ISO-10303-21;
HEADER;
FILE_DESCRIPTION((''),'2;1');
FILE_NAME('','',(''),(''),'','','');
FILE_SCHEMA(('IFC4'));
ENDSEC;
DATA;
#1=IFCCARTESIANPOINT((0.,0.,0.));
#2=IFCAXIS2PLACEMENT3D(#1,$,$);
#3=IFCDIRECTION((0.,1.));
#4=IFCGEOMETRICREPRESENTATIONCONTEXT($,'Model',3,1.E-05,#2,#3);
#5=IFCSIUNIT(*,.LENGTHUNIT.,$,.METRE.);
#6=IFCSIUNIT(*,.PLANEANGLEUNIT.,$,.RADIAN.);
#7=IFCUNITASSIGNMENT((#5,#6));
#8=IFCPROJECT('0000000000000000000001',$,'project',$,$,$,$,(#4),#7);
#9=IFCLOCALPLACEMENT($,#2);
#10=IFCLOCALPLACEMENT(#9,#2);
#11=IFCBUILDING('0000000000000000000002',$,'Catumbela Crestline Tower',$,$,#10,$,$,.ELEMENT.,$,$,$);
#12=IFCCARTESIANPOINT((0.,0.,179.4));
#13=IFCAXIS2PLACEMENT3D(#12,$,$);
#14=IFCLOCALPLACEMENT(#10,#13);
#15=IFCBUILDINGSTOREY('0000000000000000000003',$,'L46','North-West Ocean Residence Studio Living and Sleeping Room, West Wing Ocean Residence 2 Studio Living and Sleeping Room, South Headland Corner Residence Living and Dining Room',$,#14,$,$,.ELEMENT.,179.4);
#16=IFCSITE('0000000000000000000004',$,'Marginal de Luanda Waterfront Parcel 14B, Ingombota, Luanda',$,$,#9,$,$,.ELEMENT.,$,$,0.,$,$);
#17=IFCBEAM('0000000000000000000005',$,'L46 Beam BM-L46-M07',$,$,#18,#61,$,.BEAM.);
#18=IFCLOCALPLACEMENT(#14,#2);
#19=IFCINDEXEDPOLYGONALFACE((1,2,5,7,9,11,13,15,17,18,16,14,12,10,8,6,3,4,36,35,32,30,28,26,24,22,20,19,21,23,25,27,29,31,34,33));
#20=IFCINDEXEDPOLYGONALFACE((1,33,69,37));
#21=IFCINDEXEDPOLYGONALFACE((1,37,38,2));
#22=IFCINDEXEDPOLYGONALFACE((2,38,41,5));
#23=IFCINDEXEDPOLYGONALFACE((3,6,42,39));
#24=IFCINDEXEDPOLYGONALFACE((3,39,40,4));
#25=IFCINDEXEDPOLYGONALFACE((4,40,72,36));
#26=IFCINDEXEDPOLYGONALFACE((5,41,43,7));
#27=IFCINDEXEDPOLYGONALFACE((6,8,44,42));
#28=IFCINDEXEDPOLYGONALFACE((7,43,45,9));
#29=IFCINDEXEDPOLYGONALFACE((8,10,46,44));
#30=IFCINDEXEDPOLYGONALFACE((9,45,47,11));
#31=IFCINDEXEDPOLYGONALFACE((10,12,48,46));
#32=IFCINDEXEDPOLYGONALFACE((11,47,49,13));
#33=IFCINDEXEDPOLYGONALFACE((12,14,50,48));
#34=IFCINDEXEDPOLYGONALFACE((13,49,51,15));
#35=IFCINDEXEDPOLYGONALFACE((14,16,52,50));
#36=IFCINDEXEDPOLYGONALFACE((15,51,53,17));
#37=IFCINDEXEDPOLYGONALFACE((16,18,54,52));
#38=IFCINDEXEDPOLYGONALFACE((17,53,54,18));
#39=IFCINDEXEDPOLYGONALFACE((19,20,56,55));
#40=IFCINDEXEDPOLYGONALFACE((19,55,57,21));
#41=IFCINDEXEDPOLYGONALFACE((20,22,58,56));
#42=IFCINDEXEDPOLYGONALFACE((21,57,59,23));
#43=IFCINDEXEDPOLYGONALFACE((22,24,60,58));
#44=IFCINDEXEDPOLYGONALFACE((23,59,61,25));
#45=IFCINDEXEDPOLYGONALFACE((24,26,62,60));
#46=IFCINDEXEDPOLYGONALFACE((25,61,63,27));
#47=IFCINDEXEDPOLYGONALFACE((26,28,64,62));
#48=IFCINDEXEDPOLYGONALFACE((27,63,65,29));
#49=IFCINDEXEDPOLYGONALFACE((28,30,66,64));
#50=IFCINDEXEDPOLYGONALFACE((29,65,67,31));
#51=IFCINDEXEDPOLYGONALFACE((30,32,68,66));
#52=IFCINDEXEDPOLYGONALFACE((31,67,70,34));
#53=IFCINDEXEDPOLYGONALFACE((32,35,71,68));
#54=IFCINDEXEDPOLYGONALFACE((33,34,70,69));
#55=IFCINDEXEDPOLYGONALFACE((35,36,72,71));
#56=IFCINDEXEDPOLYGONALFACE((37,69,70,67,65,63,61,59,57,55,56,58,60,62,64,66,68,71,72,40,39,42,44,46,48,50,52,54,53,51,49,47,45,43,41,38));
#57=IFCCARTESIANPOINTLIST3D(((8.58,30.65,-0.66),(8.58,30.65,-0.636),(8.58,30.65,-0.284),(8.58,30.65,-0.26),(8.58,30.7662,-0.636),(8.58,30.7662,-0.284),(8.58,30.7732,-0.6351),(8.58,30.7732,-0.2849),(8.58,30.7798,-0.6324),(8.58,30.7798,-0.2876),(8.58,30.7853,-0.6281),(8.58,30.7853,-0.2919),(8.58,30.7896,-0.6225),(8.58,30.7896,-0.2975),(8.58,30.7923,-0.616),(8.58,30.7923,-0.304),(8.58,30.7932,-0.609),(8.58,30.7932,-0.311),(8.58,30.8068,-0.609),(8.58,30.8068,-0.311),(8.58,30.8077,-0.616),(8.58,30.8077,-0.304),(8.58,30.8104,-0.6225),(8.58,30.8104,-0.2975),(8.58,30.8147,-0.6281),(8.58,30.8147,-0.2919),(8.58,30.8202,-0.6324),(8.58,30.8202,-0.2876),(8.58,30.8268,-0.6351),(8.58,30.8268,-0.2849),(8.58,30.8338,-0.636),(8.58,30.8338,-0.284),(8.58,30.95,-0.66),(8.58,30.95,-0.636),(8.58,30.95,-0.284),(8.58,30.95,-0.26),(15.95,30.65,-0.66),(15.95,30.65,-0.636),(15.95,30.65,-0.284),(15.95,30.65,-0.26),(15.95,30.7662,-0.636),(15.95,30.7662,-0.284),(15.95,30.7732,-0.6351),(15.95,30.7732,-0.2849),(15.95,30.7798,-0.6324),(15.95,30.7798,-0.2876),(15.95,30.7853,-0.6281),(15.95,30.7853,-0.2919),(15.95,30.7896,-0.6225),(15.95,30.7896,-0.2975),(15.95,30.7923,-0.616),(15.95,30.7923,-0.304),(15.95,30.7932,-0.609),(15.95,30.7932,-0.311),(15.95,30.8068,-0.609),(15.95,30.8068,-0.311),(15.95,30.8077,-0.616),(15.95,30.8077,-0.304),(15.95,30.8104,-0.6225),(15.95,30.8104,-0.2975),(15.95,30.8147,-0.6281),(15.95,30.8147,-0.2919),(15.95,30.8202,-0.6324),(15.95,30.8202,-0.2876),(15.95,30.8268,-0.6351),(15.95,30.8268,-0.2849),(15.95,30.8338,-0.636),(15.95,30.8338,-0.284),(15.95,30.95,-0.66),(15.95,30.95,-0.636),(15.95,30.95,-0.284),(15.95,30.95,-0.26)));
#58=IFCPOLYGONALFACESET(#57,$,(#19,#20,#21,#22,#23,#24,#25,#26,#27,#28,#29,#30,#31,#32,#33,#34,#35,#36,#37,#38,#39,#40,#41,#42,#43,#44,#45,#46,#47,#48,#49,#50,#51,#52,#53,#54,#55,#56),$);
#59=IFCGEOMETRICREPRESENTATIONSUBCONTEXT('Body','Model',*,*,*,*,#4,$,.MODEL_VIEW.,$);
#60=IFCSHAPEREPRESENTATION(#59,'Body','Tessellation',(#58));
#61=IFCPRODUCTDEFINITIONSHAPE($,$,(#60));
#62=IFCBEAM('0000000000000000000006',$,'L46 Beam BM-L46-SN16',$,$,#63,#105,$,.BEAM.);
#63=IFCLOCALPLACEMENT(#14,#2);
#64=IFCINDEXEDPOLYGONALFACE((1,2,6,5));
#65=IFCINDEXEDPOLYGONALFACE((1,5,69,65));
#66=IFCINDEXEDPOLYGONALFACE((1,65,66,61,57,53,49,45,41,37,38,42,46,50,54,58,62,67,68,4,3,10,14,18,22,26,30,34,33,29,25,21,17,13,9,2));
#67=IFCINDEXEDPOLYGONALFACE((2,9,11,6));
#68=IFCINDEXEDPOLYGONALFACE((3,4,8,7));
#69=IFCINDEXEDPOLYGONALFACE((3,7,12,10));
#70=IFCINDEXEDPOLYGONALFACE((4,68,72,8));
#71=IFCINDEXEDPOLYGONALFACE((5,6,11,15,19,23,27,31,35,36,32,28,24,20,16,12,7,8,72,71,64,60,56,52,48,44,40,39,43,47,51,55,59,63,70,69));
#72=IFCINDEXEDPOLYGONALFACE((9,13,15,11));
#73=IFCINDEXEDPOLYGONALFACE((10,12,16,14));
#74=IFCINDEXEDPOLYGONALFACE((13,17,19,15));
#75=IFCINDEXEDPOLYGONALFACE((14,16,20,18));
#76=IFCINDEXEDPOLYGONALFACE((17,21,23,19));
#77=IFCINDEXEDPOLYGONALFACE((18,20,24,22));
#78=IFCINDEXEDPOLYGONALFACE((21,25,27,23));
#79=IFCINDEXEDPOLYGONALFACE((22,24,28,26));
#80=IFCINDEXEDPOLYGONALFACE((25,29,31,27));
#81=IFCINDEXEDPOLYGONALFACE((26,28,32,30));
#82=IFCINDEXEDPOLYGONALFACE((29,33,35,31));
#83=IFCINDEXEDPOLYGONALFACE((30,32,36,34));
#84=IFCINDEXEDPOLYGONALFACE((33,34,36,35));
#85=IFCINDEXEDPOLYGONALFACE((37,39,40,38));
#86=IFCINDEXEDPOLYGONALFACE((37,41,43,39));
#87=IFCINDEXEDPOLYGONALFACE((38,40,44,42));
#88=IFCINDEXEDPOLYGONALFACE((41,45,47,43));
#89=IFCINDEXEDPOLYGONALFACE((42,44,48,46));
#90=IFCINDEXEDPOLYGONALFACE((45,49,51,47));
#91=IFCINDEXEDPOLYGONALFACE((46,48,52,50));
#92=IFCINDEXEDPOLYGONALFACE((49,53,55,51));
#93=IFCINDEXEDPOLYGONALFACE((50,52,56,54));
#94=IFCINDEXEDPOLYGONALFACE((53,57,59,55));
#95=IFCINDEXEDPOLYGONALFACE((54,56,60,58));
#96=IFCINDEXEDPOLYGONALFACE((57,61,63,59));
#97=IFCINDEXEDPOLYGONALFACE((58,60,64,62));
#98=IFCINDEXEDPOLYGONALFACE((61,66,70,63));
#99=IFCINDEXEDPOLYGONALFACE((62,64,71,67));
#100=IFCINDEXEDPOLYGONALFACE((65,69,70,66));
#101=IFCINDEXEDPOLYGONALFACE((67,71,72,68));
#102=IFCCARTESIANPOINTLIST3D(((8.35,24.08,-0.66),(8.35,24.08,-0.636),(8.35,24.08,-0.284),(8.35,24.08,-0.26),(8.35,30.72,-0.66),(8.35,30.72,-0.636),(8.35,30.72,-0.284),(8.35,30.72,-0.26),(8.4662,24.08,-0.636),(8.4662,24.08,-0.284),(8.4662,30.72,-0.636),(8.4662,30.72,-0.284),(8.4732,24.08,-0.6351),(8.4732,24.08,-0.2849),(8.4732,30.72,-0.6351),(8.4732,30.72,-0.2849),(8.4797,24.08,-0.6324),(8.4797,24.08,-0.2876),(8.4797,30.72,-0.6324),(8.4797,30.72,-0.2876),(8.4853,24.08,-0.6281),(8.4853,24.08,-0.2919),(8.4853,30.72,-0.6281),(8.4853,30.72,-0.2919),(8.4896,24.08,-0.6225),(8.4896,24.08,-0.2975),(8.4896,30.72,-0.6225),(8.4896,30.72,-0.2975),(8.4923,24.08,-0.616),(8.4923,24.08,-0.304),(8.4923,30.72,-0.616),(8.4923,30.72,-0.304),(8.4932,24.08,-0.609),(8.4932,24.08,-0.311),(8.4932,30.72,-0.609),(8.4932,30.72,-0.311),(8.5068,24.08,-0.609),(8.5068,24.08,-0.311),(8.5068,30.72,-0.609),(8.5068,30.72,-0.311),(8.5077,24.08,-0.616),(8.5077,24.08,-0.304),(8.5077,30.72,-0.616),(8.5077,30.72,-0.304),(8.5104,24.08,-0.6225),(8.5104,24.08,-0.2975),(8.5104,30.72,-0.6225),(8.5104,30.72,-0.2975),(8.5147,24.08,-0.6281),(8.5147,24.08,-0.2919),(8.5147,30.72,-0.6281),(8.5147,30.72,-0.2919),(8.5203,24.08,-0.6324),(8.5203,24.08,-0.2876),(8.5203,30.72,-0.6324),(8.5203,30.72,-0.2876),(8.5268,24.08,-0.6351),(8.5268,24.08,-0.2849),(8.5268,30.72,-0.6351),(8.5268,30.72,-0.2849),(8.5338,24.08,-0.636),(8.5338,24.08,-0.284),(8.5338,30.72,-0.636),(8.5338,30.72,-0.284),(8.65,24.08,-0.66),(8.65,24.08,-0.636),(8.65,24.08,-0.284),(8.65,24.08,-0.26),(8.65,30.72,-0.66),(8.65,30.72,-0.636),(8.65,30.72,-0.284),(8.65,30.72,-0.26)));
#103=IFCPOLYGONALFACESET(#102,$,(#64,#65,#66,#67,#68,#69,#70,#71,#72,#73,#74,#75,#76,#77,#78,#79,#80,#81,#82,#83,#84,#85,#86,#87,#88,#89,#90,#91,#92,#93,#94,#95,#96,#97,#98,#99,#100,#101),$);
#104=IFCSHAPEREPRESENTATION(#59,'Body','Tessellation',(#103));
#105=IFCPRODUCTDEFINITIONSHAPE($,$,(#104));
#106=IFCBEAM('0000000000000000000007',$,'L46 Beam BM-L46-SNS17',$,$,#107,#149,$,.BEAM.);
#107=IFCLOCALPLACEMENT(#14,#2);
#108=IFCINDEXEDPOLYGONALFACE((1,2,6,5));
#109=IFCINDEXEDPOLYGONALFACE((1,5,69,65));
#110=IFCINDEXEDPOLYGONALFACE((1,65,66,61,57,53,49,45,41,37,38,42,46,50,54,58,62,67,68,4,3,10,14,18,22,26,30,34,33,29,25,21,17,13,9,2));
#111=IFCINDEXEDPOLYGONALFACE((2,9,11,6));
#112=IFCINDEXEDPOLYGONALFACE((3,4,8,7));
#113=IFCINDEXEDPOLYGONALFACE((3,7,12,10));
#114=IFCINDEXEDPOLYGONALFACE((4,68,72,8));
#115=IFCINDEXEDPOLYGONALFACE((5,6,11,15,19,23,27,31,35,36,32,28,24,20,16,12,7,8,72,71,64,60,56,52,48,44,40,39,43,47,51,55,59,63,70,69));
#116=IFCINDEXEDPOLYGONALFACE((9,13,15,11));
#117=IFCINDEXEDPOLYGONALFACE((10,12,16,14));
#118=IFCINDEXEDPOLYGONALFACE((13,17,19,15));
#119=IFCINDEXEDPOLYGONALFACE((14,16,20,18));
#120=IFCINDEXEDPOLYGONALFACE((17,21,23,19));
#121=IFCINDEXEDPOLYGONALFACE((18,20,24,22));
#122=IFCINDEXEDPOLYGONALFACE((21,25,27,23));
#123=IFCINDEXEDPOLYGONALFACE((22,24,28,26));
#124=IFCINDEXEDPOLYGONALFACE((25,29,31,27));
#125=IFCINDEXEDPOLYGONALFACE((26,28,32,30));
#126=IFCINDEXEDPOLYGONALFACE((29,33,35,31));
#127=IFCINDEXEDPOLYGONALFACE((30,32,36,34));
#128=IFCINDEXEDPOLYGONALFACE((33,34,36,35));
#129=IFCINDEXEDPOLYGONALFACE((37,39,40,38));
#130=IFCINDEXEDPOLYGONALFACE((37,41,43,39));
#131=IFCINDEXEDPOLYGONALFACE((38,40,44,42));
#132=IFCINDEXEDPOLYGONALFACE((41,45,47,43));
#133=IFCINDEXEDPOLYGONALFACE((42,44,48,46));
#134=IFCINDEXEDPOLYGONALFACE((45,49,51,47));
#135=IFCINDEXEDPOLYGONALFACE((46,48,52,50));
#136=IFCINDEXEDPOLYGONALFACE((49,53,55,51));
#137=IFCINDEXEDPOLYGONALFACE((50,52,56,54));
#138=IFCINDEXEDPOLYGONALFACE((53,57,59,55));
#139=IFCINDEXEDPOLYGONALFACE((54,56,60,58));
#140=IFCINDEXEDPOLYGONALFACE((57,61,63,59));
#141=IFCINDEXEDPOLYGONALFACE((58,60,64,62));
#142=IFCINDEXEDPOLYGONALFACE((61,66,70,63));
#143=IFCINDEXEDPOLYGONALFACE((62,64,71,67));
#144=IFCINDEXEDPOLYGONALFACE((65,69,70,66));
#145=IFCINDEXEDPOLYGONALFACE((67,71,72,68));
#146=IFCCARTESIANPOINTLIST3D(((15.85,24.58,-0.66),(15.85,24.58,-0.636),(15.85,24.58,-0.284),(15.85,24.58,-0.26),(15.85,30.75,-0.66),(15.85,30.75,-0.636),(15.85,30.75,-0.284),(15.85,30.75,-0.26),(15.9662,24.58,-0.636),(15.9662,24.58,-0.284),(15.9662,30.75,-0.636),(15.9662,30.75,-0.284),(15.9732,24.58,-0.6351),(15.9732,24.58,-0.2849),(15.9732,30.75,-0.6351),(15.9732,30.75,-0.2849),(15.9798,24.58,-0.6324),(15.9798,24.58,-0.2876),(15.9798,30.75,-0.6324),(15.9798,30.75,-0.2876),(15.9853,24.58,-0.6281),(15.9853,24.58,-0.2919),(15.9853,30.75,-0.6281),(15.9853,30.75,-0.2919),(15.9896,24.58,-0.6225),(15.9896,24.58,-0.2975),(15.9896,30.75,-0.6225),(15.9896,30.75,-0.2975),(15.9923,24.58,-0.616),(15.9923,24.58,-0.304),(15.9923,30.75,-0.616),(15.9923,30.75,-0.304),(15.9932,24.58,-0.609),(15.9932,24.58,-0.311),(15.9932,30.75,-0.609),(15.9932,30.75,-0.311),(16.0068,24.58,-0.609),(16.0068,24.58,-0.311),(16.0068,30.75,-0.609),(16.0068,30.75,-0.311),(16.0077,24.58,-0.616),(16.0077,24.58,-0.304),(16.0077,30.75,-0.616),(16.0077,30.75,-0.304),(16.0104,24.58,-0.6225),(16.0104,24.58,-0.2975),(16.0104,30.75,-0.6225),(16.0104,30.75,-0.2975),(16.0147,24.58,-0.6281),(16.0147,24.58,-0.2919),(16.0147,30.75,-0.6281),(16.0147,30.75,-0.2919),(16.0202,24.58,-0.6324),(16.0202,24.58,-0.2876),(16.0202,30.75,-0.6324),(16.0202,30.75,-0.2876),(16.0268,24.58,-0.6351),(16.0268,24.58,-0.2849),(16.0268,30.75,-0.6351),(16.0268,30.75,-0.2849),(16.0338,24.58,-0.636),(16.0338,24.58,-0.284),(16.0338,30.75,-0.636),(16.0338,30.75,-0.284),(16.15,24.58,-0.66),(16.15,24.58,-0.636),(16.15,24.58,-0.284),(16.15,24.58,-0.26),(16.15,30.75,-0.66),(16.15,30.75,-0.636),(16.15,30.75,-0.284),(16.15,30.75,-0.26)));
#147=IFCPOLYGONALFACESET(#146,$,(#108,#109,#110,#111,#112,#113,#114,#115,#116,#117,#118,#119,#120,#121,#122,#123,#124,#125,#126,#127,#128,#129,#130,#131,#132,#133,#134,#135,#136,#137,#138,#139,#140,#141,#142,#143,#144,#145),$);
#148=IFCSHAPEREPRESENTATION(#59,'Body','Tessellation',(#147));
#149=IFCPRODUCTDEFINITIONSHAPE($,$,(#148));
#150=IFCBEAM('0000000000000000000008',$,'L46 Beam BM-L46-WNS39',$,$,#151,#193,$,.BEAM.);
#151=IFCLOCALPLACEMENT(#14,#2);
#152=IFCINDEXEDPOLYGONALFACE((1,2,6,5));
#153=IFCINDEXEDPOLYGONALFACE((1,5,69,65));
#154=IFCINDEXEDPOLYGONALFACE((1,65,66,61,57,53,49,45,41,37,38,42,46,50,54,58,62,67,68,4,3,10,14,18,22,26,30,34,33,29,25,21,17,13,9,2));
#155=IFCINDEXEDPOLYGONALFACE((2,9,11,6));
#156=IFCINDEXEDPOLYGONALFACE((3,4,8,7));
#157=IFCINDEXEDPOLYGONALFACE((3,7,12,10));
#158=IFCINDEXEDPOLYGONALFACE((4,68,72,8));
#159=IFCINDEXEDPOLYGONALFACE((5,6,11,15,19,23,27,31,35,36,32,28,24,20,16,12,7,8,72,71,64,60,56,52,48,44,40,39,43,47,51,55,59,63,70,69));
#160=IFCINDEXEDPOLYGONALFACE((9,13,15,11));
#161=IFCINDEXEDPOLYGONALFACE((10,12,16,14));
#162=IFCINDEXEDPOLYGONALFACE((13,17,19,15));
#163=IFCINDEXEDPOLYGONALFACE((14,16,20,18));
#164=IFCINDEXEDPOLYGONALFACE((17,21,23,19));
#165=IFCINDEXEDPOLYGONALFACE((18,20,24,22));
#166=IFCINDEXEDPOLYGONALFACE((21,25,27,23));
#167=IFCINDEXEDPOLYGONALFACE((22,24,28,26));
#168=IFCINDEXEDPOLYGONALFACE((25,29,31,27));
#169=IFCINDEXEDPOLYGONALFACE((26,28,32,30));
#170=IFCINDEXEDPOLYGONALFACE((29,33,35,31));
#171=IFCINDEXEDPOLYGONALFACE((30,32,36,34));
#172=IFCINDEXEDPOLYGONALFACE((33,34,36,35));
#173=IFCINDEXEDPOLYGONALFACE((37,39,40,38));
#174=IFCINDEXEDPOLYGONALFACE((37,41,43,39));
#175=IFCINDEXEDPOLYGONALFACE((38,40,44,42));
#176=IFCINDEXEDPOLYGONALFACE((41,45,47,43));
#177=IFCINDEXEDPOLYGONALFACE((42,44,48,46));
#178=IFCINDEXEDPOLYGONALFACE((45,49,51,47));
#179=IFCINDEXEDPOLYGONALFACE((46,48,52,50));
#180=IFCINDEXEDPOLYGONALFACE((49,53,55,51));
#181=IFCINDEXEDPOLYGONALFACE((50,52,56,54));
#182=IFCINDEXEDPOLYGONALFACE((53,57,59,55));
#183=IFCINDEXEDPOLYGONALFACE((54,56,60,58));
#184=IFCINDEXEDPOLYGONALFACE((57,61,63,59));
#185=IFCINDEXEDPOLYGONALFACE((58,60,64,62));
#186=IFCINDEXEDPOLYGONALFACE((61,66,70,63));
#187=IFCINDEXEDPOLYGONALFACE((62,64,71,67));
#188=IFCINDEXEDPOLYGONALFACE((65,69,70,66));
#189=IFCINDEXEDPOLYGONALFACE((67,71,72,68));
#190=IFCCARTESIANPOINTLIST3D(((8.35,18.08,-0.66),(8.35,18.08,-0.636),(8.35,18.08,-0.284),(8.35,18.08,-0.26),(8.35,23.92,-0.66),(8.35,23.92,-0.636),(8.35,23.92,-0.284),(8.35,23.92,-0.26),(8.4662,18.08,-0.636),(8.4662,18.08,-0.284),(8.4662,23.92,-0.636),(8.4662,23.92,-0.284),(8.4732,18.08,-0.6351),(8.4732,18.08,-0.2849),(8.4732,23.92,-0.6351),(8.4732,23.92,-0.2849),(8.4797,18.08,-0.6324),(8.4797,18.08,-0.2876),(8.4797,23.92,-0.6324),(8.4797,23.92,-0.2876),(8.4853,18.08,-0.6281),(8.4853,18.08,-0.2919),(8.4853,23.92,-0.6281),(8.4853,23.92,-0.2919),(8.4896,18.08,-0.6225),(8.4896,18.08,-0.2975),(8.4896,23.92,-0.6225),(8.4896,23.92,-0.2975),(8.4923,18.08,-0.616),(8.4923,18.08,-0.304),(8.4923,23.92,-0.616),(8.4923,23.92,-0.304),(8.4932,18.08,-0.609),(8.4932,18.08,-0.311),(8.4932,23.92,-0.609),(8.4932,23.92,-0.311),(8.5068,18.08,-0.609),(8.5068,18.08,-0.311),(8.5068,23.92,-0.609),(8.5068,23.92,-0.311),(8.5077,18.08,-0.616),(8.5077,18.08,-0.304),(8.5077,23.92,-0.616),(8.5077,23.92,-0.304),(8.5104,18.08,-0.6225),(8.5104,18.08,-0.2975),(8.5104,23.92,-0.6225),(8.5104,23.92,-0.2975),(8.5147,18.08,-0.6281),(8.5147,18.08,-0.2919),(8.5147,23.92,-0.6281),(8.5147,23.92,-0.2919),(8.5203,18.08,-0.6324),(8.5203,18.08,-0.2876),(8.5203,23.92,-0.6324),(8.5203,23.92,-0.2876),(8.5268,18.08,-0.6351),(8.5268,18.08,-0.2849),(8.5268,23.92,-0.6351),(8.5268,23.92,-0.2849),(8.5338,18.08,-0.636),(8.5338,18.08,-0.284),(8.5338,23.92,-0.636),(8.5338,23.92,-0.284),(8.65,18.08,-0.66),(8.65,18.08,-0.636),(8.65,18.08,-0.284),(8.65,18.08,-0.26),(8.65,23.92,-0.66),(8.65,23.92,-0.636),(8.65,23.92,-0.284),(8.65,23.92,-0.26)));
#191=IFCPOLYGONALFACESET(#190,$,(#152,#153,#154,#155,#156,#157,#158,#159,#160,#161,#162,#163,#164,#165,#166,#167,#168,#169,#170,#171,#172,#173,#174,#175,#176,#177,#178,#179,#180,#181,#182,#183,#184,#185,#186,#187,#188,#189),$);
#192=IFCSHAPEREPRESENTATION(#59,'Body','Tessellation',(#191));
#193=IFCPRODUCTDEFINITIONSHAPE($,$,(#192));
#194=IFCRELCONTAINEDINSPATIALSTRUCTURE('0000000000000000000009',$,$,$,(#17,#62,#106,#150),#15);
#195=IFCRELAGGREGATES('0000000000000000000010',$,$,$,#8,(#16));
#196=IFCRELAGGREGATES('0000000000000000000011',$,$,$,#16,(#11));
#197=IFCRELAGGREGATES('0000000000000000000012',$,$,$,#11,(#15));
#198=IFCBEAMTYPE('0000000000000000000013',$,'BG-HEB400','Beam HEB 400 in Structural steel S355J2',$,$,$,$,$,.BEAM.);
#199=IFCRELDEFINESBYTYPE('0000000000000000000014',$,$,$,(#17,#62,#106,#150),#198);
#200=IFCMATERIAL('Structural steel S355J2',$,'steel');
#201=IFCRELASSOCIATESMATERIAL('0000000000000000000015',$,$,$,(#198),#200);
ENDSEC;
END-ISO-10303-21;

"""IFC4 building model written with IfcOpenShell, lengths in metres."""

from ifc_helpers import new_model, si_unit, direction, frame, origin, origin_2d, place, context, subcontext, project, spatial, i_section, extrude, material, material_profile, profile_set, type_object, element, save


model = new_model("IFC4")

# Units and contexts
model_context = context("Model", 3, precision=1e-05, world=origin(), true_north=direction((0.0, 1.0)))
body_context = subcontext(model_context, "Body", "Model", "MODEL_VIEW")
ifc_project = project(units=[si_unit("LENGTHUNIT", "METRE"), si_unit("PLANEANGLEUNIT", "RADIAN")], contexts=[model_context])

# Site, building, storey
site_placement = place(None, origin())
site = spatial("IfcSite", under=ifc_project, at=site_placement, Name="Marginal de Luanda Waterfront Parcel 14B, Ingombota, Luanda", CompositionType="ELEMENT", RefElevation=0.0)
building_placement = place(site_placement, origin())
building = spatial("IfcBuilding", under=site, at=building_placement, Name="Catumbela Crestline Tower", CompositionType="ELEMENT")
storey_placement = place(building_placement, frame((0.0, 0.0, 179.4)))
storey = spatial("IfcBuildingStorey", under=building, at=storey_placement, Name="L46", Description="North-West Ocean Residence Studio Living and Sleeping Room, West Wing Ocean Residence 2 Studio Living and Sleeping Room, South Headland Corner Residence Living and Dining Room", CompositionType="ELEMENT", Elevation=179.4)

# Beams
ifc_material_1 = material(Name="Structural steel S355J2", Category="steel")
ifc_material_profile_1 = material_profile(ifc_material_1, i_section(OverallWidth=0.3, OverallDepth=0.4, WebThickness=0.0135, FlangeThickness=0.024, FilletRadius=0.027, at=origin_2d()), Name="HEB 400")
ifc_profile_set_1 = profile_set([ifc_material_profile_1], Name="Structural steel S355J2")
beam_type_1 = type_object("IfcBeamType", Name="BG-HEB400", Description="Beam HEB 400 in Structural steel S355J2", PredefinedType="BEAM", material=ifc_profile_set_1)
beam_1_placement = place(storey_placement, frame((8.58, 30.8, -0.46), z_axis=(1.0, 0.0, 0.0), x_axis=(0.0, 1.0, 0.0)))
element("IfcBeam", 1, at=beam_1_placement, inside=storey, type_object=beam_type_1, Name="L46 Beam BM-L46-M07", PredefinedType="BEAM", context=body_context, shape_type="SweptSolid", body=[
    extrude(i_section(OverallWidth=0.3, OverallDepth=0.4, WebThickness=0.0135, FlangeThickness=0.024, FilletRadius=0.027, at=origin_2d()), origin(), (0.0, 0.0, 1.0), 7.37),
])
beam_2_placement = place(storey_placement, frame((8.5, 24.08, -0.46), z_axis=(0.0, 1.0, 0.0), x_axis=(-1.0, 0.0, 0.0)))
element("IfcBeam", 2, at=beam_2_placement, inside=storey, type_object=beam_type_1, Name="L46 Beam BM-L46-SN16", PredefinedType="BEAM", context=body_context, shape_type="SweptSolid", body=[
    extrude(i_section(OverallWidth=0.3, OverallDepth=0.4, WebThickness=0.0135, FlangeThickness=0.024, FilletRadius=0.027, at=origin_2d()), origin(), (0.0, 0.0, 1.0), 6.64),
])
beam_3_placement = place(storey_placement, frame((16.0, 24.58, -0.46), z_axis=(0.0, 1.0, 0.0), x_axis=(-1.0, 0.0, 0.0)))
element("IfcBeam", 3, at=beam_3_placement, inside=storey, type_object=beam_type_1, Name="L46 Beam BM-L46-SNS17", PredefinedType="BEAM", context=body_context, shape_type="SweptSolid", body=[
    extrude(i_section(OverallWidth=0.3, OverallDepth=0.4, WebThickness=0.0135, FlangeThickness=0.024, FilletRadius=0.027, at=origin_2d()), origin(), (0.0, 0.0, 1.0), 6.17),
])
beam_4_placement = place(storey_placement, frame((8.5, 18.08, -0.46), z_axis=(0.0, 1.0, 0.0), x_axis=(-1.0, 0.0, 0.0)))
element("IfcBeam", 4, at=beam_4_placement, inside=storey, type_object=beam_type_1, Name="L46 Beam BM-L46-WNS39", PredefinedType="BEAM", context=body_context, shape_type="SweptSolid", body=[
    extrude(i_section(OverallWidth=0.3, OverallDepth=0.4, WebThickness=0.0135, FlangeThickness=0.024, FilletRadius=0.027, at=origin_2d()), origin(), (0.0, 0.0, 1.0), 5.84),
])

save(model, "model.ifc")
